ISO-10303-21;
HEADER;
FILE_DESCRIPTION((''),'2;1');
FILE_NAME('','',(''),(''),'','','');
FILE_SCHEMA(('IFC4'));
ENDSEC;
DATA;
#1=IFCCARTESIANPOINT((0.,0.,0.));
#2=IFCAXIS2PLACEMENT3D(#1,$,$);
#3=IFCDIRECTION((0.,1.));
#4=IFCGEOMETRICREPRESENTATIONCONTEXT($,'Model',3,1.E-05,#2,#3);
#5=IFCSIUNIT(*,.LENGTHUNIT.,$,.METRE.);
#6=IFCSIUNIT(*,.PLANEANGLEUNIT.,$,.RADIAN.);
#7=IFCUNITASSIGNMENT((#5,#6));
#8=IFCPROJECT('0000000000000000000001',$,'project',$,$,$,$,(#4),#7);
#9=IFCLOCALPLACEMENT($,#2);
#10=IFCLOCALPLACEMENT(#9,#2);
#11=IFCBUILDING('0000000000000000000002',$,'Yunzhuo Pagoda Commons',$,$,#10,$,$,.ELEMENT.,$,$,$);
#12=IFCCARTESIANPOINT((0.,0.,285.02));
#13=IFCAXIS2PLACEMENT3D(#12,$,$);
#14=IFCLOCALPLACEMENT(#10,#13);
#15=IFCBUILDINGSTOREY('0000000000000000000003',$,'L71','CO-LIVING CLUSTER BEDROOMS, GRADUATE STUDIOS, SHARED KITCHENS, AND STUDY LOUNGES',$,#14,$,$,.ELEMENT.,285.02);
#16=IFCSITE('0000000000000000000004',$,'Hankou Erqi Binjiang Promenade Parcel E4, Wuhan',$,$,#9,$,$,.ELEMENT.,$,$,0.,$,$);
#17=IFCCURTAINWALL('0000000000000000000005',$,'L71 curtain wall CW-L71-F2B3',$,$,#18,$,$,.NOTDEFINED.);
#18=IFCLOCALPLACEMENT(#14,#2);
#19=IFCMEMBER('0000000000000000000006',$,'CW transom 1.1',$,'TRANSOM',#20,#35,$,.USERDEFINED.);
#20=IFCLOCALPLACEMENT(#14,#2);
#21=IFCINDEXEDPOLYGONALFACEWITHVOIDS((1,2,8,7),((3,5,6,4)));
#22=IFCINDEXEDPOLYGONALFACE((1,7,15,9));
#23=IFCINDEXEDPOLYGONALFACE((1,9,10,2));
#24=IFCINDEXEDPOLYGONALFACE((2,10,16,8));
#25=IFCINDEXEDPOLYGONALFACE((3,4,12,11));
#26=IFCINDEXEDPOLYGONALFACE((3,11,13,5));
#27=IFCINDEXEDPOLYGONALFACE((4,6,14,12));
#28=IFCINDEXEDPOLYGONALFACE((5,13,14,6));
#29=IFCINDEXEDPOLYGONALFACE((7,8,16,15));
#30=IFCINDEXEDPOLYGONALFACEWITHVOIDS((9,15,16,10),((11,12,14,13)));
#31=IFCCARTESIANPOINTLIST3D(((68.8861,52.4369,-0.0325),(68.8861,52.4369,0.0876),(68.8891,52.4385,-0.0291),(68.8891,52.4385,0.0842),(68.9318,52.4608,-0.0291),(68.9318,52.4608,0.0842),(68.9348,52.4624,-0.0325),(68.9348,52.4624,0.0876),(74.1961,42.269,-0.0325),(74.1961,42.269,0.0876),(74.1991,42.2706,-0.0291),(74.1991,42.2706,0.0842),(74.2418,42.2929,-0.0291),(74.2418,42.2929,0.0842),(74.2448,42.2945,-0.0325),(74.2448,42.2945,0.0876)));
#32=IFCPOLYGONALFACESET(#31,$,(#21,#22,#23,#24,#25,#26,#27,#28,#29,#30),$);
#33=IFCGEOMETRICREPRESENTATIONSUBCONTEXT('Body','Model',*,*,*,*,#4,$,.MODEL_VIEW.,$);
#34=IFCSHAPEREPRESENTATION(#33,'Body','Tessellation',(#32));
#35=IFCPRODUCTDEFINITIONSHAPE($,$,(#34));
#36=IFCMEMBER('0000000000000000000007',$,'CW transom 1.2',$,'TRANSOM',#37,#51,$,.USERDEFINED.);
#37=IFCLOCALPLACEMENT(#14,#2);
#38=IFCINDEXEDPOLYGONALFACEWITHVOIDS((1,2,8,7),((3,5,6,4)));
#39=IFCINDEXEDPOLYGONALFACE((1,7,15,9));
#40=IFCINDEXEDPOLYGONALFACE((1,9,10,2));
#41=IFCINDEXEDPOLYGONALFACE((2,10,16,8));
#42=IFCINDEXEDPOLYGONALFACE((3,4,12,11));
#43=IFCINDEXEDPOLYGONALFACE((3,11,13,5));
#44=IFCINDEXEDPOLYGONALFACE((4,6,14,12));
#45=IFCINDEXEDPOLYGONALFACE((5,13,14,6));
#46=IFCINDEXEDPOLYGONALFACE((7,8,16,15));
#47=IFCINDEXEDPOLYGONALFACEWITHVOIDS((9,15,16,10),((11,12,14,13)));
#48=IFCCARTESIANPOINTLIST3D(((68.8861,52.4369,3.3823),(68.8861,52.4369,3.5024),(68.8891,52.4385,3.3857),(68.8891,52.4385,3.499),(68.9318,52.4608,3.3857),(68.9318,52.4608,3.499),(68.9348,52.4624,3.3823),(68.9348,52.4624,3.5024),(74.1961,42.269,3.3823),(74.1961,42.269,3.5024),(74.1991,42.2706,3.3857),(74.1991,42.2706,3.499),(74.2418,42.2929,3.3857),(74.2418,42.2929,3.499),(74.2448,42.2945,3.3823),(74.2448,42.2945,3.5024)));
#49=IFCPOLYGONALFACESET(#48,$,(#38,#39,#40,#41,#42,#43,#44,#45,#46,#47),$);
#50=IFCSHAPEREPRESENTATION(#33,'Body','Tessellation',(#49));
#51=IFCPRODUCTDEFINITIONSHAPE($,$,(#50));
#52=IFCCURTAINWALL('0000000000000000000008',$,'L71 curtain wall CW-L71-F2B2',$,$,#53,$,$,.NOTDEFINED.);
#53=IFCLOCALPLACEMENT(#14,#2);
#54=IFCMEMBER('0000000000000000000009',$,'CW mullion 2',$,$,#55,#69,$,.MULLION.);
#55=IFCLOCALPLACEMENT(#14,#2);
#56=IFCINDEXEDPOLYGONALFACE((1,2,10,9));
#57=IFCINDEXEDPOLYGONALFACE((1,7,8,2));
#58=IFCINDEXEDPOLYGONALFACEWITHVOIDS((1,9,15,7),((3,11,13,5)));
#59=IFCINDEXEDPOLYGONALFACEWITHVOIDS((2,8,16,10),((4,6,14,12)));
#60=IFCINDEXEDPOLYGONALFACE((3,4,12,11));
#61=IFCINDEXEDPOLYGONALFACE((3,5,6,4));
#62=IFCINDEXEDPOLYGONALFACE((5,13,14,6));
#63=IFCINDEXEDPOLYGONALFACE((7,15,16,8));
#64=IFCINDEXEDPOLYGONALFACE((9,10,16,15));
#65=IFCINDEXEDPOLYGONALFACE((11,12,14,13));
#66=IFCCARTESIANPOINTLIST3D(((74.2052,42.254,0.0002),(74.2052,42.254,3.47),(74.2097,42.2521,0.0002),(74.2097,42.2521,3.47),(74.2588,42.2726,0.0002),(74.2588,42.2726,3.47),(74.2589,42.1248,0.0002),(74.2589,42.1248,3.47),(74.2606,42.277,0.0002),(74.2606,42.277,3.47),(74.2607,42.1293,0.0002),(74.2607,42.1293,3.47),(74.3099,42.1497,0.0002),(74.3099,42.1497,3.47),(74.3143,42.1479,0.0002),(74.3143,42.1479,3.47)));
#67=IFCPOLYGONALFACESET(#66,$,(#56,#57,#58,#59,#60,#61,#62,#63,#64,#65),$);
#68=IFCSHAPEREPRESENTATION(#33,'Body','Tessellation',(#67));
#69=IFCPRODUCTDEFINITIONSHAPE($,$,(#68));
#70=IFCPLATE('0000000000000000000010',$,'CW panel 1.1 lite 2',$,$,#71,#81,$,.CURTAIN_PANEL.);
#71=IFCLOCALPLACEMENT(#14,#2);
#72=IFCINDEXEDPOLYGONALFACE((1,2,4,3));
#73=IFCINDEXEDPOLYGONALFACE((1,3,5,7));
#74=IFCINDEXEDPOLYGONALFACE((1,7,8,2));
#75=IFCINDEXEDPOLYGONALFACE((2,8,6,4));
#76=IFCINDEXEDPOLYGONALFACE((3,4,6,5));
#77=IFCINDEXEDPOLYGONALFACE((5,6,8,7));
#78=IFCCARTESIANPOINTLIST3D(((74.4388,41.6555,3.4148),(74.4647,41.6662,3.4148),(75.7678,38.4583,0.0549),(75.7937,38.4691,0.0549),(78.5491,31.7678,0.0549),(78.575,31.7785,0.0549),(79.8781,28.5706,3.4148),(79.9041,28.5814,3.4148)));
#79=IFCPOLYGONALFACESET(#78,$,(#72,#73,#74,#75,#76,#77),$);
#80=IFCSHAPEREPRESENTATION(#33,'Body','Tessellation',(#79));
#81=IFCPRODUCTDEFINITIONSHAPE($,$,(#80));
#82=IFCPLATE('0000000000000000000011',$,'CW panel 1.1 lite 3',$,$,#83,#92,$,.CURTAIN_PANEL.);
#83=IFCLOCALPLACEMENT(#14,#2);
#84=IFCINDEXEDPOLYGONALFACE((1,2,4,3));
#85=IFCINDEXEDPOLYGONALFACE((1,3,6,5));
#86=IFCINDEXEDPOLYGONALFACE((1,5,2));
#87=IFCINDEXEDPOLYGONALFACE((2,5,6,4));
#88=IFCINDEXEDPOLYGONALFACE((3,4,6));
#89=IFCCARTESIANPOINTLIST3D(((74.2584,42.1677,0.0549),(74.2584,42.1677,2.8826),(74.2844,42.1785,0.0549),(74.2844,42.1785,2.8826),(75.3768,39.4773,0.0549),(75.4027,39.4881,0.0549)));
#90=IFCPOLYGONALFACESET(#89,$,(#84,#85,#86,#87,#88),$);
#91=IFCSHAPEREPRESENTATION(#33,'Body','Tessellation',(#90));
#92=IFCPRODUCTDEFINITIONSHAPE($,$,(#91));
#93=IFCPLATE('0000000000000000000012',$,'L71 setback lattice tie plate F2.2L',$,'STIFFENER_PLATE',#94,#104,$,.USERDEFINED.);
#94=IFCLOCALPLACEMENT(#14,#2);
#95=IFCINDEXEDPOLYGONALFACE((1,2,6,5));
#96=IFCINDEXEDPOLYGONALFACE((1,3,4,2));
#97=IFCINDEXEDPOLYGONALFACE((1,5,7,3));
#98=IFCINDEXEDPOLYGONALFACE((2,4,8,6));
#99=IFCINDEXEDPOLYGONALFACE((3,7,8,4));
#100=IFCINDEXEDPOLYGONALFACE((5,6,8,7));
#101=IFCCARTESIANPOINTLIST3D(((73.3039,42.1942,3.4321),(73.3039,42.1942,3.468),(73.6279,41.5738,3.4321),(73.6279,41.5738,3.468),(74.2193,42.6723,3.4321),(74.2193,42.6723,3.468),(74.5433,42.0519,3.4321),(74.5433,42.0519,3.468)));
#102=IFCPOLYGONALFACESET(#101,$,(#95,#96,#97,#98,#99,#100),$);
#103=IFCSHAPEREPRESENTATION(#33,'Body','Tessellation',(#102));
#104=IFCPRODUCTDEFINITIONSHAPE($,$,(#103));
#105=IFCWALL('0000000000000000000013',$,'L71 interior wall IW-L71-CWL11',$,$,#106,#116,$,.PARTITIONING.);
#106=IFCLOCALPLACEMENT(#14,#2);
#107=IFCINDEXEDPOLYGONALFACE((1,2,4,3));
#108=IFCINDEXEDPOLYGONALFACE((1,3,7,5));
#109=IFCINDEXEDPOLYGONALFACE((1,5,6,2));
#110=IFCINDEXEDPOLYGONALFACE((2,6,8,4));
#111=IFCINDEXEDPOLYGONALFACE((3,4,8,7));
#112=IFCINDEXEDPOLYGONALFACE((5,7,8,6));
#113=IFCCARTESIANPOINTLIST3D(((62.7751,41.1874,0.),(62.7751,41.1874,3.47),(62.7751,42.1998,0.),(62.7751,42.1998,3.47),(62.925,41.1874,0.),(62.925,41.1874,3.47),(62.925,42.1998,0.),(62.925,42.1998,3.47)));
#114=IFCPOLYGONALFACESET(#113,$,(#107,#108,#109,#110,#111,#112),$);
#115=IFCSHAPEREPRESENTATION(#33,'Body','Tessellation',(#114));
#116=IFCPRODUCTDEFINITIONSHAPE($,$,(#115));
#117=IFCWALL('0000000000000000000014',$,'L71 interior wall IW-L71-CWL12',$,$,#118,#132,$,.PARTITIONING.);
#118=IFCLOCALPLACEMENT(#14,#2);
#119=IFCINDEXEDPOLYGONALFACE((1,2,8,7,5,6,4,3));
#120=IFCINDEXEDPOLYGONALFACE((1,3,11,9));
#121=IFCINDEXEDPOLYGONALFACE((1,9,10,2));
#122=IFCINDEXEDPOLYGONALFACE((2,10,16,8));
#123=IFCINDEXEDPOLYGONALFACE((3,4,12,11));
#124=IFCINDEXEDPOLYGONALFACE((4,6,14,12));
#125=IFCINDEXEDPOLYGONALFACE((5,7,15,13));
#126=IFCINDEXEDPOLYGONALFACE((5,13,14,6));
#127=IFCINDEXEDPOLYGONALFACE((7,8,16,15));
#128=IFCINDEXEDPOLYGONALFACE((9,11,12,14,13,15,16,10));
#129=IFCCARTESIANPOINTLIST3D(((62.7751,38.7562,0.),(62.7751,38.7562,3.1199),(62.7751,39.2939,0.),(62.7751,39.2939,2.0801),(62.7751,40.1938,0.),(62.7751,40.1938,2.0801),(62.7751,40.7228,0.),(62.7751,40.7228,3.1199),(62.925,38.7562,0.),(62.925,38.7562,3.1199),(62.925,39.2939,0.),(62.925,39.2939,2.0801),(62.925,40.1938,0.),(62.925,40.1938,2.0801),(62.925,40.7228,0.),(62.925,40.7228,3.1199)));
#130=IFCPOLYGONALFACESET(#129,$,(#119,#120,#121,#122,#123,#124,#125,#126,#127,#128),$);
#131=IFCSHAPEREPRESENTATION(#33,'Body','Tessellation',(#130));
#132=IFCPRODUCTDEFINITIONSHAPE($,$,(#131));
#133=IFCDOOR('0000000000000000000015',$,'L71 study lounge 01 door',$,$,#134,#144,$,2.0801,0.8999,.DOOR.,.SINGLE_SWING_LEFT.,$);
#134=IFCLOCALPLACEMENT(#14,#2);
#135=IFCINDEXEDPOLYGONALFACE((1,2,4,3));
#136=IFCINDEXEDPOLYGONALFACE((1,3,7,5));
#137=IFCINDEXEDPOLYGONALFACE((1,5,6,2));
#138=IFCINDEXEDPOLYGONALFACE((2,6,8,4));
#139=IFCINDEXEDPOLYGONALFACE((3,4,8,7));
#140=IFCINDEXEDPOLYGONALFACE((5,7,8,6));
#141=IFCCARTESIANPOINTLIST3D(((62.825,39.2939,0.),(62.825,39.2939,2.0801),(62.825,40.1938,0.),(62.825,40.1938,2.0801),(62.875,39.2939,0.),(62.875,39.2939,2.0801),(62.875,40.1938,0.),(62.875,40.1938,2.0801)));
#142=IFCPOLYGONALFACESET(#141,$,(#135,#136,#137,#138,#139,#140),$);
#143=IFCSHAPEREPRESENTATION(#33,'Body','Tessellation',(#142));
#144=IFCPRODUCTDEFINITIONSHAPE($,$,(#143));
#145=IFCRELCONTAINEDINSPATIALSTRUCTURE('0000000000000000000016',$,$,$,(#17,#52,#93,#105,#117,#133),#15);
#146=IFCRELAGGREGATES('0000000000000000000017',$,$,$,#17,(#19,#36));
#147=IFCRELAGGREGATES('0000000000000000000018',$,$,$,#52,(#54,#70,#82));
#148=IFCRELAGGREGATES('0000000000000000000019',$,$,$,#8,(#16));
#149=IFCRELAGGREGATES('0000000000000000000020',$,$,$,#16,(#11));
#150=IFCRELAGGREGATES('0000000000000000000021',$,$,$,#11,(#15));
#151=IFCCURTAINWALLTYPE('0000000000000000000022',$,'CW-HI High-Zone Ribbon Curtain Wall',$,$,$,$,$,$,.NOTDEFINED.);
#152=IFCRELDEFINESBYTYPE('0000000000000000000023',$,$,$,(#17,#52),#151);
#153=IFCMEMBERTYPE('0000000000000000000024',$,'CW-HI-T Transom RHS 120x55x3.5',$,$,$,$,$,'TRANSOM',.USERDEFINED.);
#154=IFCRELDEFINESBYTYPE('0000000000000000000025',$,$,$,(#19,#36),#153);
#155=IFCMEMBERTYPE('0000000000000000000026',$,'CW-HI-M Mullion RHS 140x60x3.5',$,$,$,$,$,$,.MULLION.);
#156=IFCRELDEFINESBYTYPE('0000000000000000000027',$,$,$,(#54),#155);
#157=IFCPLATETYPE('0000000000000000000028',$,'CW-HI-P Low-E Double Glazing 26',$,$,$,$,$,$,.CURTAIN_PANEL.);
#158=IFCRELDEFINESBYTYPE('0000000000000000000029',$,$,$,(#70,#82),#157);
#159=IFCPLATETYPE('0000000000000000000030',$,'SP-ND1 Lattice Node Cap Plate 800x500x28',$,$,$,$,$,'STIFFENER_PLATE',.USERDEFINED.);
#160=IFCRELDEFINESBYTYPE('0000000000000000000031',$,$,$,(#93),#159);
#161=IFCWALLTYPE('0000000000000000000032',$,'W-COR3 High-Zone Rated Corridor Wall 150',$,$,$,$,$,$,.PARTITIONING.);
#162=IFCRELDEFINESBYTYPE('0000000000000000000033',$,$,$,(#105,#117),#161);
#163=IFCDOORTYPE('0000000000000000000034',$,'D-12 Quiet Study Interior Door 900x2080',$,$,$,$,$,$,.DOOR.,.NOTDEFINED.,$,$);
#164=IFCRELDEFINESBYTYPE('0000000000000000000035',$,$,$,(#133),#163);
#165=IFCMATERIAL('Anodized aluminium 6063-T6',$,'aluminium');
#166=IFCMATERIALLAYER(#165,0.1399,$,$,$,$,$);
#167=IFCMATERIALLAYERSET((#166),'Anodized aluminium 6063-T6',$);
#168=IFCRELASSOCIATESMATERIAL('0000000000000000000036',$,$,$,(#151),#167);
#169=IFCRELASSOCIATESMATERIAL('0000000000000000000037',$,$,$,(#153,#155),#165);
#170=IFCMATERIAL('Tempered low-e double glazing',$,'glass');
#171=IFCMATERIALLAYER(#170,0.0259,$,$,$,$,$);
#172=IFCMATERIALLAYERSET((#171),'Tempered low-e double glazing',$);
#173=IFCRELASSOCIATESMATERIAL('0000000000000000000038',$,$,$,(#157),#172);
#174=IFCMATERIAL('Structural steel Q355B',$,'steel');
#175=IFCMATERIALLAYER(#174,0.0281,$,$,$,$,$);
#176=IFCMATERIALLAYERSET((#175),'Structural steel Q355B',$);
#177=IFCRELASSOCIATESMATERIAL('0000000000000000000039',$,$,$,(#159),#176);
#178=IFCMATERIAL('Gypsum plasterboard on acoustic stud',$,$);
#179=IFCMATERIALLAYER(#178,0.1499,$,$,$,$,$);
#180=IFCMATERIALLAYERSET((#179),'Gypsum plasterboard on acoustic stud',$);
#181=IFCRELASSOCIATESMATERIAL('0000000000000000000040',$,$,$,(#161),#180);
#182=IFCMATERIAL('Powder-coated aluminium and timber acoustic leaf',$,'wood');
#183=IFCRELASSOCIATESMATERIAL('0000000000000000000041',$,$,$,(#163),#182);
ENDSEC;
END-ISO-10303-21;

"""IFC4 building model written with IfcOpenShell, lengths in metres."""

from ifc_helpers import new_model, si_unit, direction, frame, frame_2d, origin, origin_with_axes, origin_2d, place, context, subcontext, project, spatial, polyline, rectangle, hollow_rectangle, outline, extrude, source, transform, mapped, material, layer, layer_set, material_profile, profile_set, type_object, element, fill, aggregate, save


model = new_model("IFC4")

# Units and contexts
model_context = context("Model", 3, precision=1e-05, world=origin(), true_north=direction((0.0, 1.0)))
body_context = subcontext(model_context, "Body", "Model", "MODEL_VIEW")
ifc_project = project(units=[si_unit("LENGTHUNIT", "METRE"), si_unit("PLANEANGLEUNIT", "RADIAN")], contexts=[model_context])

# Site, building, storey
site_placement = place(None, origin())
site = spatial("IfcSite", under=ifc_project, at=site_placement, Name="Hankou Erqi Binjiang Promenade Parcel E4, Wuhan", CompositionType="ELEMENT", RefElevation=0.0)
building_placement = place(site_placement, origin())
building = spatial("IfcBuilding", under=site, at=building_placement, Name="Yunzhuo Pagoda Commons", CompositionType="ELEMENT")
storey_placement = place(building_placement, frame((0.0, 0.0, 285.02)))
storey = spatial("IfcBuildingStorey", under=building, at=storey_placement, Name="L71", Description="CO-LIVING CLUSTER BEDROOMS, GRADUATE STUDIOS, SHARED KITCHENS, AND STUDY LOUNGES", CompositionType="ELEMENT", Elevation=285.02)

# Shared definitions
ifc_material_1 = material(Name="Structural steel Q355B", Category="steel")

# Curtain wall, members
ifc_material_2 = material(Name="Anodized aluminium 6063-T6", Category="aluminium")
ifc_layer_1 = layer(ifc_material_2, 0.1399)
ifc_layer_set_1 = layer_set([ifc_layer_1], Name="Anodized aluminium 6063-T6")
curtain_wall_type = type_object("IfcCurtainWallType", Name="CW-HI High-Zone Ribbon Curtain Wall", PredefinedType="NOTDEFINED", material=ifc_layer_set_1)
curtain_wall_1_placement = place(storey_placement, origin())
curtain_wall_1 = element("IfcCurtainWall", 1, at=curtain_wall_1_placement, inside=storey, type_object=curtain_wall_type, Name="L71 curtain wall CW-L71-F2B3", PredefinedType="NOTDEFINED")
ifc_material_profile_1 = material_profile(ifc_material_2, hollow_rectangle(XDim=0.0549, YDim=0.1201, WallThickness=0.0034, at=origin_2d()), Name="Anodized aluminium 6063-T6")
ifc_profile_set_1 = profile_set([ifc_material_profile_1], Name="Anodized aluminium 6063-T6")
member_type_1 = type_object("IfcMemberType", Name="CW-HI-T Transom RHS 120x55x3.5", ElementType="TRANSOM", PredefinedType="USERDEFINED", material=ifc_profile_set_1)
shared_shape_1 = source(origin(), body_context, "Body", "SweptSolid", [
    extrude(hollow_rectangle(XDim=0.0549, YDim=0.1201, WallThickness=0.0034, at=origin_2d()), origin(), (0.0, 0.0, 1.0), 11.4709),
])
member_1_placement = place(storey_placement, frame((74.2205, 42.2817, 0.0276), z_axis=(-0.462911, 0.886405, 0.0), x_axis=(-0.886405, -0.462911, 0.0)))
member_1 = element("IfcMember", 2, at=member_1_placement, type_object=member_type_1, Name="CW transom 1.1", ObjectType="TRANSOM", PredefinedType="USERDEFINED", context=body_context, shape_type="MappedRepresentation", body=[
    mapped(shared_shape_1, transform((0.0, 0.0, 0.0), scale=1.0)),
])
member_2_placement = place(storey_placement, frame((74.2205, 42.2817, 3.4424), z_axis=(-0.462911, 0.886405, 0.0), x_axis=(-0.886405, -0.462911, 0.0)))
member_2 = element("IfcMember", 3, at=member_2_placement, type_object=member_type_1, Name="CW transom 1.2", ObjectType="TRANSOM", PredefinedType="USERDEFINED", context=body_context, shape_type="MappedRepresentation", body=[
    mapped(shared_shape_1, transform((0.0, 0.0, 0.0), scale=1.0)),
])
aggregate(curtain_wall_1, [member_1, member_2])

# Curtain wall, member, plates
curtain_wall_2_placement = place(storey_placement, origin())
curtain_wall_2 = element("IfcCurtainWall", 4, at=curtain_wall_2_placement, inside=storey, type_object=curtain_wall_type, Name="L71 curtain wall CW-L71-F2B2", PredefinedType="NOTDEFINED")
ifc_material_profile_2 = material_profile(ifc_material_2, hollow_rectangle(XDim=0.0601, YDim=0.1399, WallThickness=0.0034, at=origin_2d()), Name="Anodized aluminium 6063-T6")
ifc_profile_set_2 = profile_set([ifc_material_profile_2], Name="Anodized aluminium 6063-T6")
member_type_2 = type_object("IfcMemberType", Name="CW-HI-M Mullion RHS 140x60x3.5", PredefinedType="MULLION", material=ifc_profile_set_2)
shared_shape_2 = source(origin(), body_context, "Body", "SweptSolid", [
    extrude(hollow_rectangle(XDim=0.0601, YDim=0.1399, WallThickness=0.0034, at=origin_2d()), origin(), (0.0, 0.0, 1.0), 3.4697),
])
member_3_placement = place(storey_placement, frame((74.2598, 42.2009, 0.0002), z_axis=(0.0, 0.0, 1.0), x_axis=(-0.923394, -0.383855, 0.0)))
member_3 = element("IfcMember", 5, at=member_3_placement, type_object=member_type_2, Name="CW mullion 2", PredefinedType="MULLION", context=body_context, shape_type="MappedRepresentation", body=[
    mapped(shared_shape_2, transform((0.0, 0.0, 0.0), scale=1.0)),
])
ifc_material_3 = material(Name="Tempered low-e double glazing", Category="glass")
ifc_layer_2 = layer(ifc_material_3, 0.0259)
ifc_layer_set_2 = layer_set([ifc_layer_2], Name="Tempered low-e double glazing")
plate_type_1 = type_object("IfcPlateType", Name="CW-HI-P Low-E Double Glazing 26", PredefinedType="CURTAIN_PANEL", material=ifc_layer_set_2)
plate_1_placement = place(storey_placement, frame((77.1584, 35.113, 1.7349), z_axis=(0.923394, 0.383855, 0.0), x_axis=(-0.383855, 0.923394, 0.0)))
plate_1 = element("IfcPlate", 6, at=plate_1_placement, type_object=plate_type_1, Name="CW panel 1.1 lite 2", PredefinedType="CURTAIN_PANEL", context=body_context, shape_type="SweptSolid", body=[
    extrude(outline(polyline([(-7.0852, 1.6799), (-3.6228, -1.6799), (3.6228, -1.6799), (7.0852, 1.6799), (-7.0852, 1.6799)])), origin(), (0.0, 0.0, 1.0), 0.0281),
])
plate_2_placement = place(storey_placement, frame((74.8176, 40.8225, 1.4688), z_axis=(0.923394, 0.383855, 0.0), x_axis=(-0.383855, 0.923394, 0.0)))
plate_2 = element("IfcPlate", 7, at=plate_2_placement, type_object=plate_type_1, Name="CW panel 1.1 lite 3", PredefinedType="CURTAIN_PANEL", context=body_context, shape_type="SweptSolid", body=[
    extrude(outline(polyline([(-1.4568, -1.4138), (1.4568, -1.4138), (1.4568, 1.4138), (-1.4568, -1.4138)])), origin(), (0.0, 0.0, 1.0), 0.0281),
])
aggregate(curtain_wall_2, [member_3, plate_1, plate_2])

# Plate
ifc_layer_3 = layer(ifc_material_1, 0.0281)
ifc_layer_set_3 = layer_set([ifc_layer_3], Name="Structural steel Q355B")
plate_type_2 = type_object("IfcPlateType", Name="SP-ND1 Lattice Node Cap Plate 800x500x28", ElementType="STIFFENER_PLATE", PredefinedType="USERDEFINED", material=ifc_layer_set_3)
shared_shape_3 = source(origin(), body_context, "Body", "SweptSolid", [
    extrude(rectangle(XDim=0.7, YDim=1.0327, at=origin_2d()), origin(), (0.0, 0.0, 1.0), 0.0359),
])
plate_3_placement = place(storey_placement, frame((73.9236, 42.123, 3.4321), z_axis=(0.0, 0.0, 1.0), x_axis=(-0.462909, 0.886406, 0.0)))
element("IfcPlate", 8, at=plate_3_placement, inside=storey, type_object=plate_type_2, Name="L71 setback lattice tie plate F2.2L", ObjectType="STIFFENER_PLATE", PredefinedType="USERDEFINED", context=body_context, shape_type="MappedRepresentation", body=[
    mapped(shared_shape_3, transform((0.0, 0.0, 0.0), scale=1.0)),
])

# Wall
ifc_material_4 = material(Name="Gypsum plasterboard on acoustic stud")
ifc_layer_4 = layer(ifc_material_4, 0.1499)
ifc_layer_set_4 = layer_set([ifc_layer_4], Name="Gypsum plasterboard on acoustic stud")
wall_type_1 = type_object("IfcWallType", Name="W-COR3 High-Zone Rated Corridor Wall 150", PredefinedType="PARTITIONING", material=ifc_layer_set_4)
wall_1_placement = place(storey_placement, frame((62.8501, 42.2, 0.0), z_axis=(0.0, 0.0, 1.0), x_axis=(0.0, -1.0, 0.0)))
element("IfcWall", 9, at=wall_1_placement, inside=storey, type_object=wall_type_1, Name="L71 interior wall IW-L71-CWL11", PredefinedType="PARTITIONING", context=body_context, shape_type="SweptSolid", body=[
    extrude(rectangle(XDim=1.0125, YDim=0.1499, at=frame_2d((0.5063, 0.0))), origin(), (0.0, 0.0, 1.0), 3.47),
])

# Wall, opening, door
wall_2_placement = place(storey_placement, frame((62.8501, 40.7229, 0.0), z_axis=(0.0, 0.0, 1.0), x_axis=(0.0, -1.0, 0.0)))
wall_2 = element("IfcWall", 10, at=wall_2_placement, inside=storey, type_object=wall_type_1, Name="L71 interior wall IW-L71-CWL12", PredefinedType="PARTITIONING", context=body_context, shape_type="SweptSolid", body=[
    extrude(rectangle(XDim=1.9666, YDim=0.1499, at=frame_2d((0.9834, 0.0))), origin(), (0.0, 0.0, 1.0), 3.1199),
])
opening_1_placement = place(wall_2_placement, frame((0.5291, 0.0, 0.0)))
opening_1 = element("IfcOpeningElement", 11, at=opening_1_placement, cuts=wall_2, PredefinedType="OPENING", context=body_context, shape_type="SweptSolid", body=[
    extrude(rectangle(XDim=0.8999, YDim=2.0801, at=frame_2d((0.45, 1.04))), frame((0.0, 0.085, 0.0), z_axis=(0.0, -1.0, 0.0), x_axis=(1.0, 0.0, 0.0)), (0.0, 0.0, 1.0), 0.1699),
])
ifc_material_5 = material(Name="Powder-coated aluminium and timber acoustic leaf", Category="wood")
door_type_1 = type_object("IfcDoorType", Name="D-12 Quiet Study Interior Door 900x2080", OperationType="NOTDEFINED", PredefinedType="DOOR", material=ifc_material_5)
shared_shape_4 = source(origin(), body_context, "Body", "SweptSolid", [
    extrude(rectangle(XDim=0.8999, YDim=2.0801, at=frame_2d((0.45, 1.04))), frame((0.0, 0.0249, 0.0), z_axis=(0.0, -1.0, 0.0), x_axis=(1.0, 0.0, 0.0)), (0.0, 0.0, 1.0), 0.05),
])
door_1_placement = place(opening_1_placement, origin_with_axes())
door_1 = element("IfcDoor", 12, at=door_1_placement, inside=storey, type_object=door_type_1, Name="L71 study lounge 01 door", OperationType="SINGLE_SWING_LEFT", OverallHeight=2.0801, OverallWidth=0.8999, PredefinedType="DOOR", context=body_context, shape_type="MappedRepresentation", body=[
    mapped(shared_shape_4, transform((0.0, 0.0, 0.0), scale=1.0)),
])
fill(opening_1, door_1)

save(model, "model.ifc")
